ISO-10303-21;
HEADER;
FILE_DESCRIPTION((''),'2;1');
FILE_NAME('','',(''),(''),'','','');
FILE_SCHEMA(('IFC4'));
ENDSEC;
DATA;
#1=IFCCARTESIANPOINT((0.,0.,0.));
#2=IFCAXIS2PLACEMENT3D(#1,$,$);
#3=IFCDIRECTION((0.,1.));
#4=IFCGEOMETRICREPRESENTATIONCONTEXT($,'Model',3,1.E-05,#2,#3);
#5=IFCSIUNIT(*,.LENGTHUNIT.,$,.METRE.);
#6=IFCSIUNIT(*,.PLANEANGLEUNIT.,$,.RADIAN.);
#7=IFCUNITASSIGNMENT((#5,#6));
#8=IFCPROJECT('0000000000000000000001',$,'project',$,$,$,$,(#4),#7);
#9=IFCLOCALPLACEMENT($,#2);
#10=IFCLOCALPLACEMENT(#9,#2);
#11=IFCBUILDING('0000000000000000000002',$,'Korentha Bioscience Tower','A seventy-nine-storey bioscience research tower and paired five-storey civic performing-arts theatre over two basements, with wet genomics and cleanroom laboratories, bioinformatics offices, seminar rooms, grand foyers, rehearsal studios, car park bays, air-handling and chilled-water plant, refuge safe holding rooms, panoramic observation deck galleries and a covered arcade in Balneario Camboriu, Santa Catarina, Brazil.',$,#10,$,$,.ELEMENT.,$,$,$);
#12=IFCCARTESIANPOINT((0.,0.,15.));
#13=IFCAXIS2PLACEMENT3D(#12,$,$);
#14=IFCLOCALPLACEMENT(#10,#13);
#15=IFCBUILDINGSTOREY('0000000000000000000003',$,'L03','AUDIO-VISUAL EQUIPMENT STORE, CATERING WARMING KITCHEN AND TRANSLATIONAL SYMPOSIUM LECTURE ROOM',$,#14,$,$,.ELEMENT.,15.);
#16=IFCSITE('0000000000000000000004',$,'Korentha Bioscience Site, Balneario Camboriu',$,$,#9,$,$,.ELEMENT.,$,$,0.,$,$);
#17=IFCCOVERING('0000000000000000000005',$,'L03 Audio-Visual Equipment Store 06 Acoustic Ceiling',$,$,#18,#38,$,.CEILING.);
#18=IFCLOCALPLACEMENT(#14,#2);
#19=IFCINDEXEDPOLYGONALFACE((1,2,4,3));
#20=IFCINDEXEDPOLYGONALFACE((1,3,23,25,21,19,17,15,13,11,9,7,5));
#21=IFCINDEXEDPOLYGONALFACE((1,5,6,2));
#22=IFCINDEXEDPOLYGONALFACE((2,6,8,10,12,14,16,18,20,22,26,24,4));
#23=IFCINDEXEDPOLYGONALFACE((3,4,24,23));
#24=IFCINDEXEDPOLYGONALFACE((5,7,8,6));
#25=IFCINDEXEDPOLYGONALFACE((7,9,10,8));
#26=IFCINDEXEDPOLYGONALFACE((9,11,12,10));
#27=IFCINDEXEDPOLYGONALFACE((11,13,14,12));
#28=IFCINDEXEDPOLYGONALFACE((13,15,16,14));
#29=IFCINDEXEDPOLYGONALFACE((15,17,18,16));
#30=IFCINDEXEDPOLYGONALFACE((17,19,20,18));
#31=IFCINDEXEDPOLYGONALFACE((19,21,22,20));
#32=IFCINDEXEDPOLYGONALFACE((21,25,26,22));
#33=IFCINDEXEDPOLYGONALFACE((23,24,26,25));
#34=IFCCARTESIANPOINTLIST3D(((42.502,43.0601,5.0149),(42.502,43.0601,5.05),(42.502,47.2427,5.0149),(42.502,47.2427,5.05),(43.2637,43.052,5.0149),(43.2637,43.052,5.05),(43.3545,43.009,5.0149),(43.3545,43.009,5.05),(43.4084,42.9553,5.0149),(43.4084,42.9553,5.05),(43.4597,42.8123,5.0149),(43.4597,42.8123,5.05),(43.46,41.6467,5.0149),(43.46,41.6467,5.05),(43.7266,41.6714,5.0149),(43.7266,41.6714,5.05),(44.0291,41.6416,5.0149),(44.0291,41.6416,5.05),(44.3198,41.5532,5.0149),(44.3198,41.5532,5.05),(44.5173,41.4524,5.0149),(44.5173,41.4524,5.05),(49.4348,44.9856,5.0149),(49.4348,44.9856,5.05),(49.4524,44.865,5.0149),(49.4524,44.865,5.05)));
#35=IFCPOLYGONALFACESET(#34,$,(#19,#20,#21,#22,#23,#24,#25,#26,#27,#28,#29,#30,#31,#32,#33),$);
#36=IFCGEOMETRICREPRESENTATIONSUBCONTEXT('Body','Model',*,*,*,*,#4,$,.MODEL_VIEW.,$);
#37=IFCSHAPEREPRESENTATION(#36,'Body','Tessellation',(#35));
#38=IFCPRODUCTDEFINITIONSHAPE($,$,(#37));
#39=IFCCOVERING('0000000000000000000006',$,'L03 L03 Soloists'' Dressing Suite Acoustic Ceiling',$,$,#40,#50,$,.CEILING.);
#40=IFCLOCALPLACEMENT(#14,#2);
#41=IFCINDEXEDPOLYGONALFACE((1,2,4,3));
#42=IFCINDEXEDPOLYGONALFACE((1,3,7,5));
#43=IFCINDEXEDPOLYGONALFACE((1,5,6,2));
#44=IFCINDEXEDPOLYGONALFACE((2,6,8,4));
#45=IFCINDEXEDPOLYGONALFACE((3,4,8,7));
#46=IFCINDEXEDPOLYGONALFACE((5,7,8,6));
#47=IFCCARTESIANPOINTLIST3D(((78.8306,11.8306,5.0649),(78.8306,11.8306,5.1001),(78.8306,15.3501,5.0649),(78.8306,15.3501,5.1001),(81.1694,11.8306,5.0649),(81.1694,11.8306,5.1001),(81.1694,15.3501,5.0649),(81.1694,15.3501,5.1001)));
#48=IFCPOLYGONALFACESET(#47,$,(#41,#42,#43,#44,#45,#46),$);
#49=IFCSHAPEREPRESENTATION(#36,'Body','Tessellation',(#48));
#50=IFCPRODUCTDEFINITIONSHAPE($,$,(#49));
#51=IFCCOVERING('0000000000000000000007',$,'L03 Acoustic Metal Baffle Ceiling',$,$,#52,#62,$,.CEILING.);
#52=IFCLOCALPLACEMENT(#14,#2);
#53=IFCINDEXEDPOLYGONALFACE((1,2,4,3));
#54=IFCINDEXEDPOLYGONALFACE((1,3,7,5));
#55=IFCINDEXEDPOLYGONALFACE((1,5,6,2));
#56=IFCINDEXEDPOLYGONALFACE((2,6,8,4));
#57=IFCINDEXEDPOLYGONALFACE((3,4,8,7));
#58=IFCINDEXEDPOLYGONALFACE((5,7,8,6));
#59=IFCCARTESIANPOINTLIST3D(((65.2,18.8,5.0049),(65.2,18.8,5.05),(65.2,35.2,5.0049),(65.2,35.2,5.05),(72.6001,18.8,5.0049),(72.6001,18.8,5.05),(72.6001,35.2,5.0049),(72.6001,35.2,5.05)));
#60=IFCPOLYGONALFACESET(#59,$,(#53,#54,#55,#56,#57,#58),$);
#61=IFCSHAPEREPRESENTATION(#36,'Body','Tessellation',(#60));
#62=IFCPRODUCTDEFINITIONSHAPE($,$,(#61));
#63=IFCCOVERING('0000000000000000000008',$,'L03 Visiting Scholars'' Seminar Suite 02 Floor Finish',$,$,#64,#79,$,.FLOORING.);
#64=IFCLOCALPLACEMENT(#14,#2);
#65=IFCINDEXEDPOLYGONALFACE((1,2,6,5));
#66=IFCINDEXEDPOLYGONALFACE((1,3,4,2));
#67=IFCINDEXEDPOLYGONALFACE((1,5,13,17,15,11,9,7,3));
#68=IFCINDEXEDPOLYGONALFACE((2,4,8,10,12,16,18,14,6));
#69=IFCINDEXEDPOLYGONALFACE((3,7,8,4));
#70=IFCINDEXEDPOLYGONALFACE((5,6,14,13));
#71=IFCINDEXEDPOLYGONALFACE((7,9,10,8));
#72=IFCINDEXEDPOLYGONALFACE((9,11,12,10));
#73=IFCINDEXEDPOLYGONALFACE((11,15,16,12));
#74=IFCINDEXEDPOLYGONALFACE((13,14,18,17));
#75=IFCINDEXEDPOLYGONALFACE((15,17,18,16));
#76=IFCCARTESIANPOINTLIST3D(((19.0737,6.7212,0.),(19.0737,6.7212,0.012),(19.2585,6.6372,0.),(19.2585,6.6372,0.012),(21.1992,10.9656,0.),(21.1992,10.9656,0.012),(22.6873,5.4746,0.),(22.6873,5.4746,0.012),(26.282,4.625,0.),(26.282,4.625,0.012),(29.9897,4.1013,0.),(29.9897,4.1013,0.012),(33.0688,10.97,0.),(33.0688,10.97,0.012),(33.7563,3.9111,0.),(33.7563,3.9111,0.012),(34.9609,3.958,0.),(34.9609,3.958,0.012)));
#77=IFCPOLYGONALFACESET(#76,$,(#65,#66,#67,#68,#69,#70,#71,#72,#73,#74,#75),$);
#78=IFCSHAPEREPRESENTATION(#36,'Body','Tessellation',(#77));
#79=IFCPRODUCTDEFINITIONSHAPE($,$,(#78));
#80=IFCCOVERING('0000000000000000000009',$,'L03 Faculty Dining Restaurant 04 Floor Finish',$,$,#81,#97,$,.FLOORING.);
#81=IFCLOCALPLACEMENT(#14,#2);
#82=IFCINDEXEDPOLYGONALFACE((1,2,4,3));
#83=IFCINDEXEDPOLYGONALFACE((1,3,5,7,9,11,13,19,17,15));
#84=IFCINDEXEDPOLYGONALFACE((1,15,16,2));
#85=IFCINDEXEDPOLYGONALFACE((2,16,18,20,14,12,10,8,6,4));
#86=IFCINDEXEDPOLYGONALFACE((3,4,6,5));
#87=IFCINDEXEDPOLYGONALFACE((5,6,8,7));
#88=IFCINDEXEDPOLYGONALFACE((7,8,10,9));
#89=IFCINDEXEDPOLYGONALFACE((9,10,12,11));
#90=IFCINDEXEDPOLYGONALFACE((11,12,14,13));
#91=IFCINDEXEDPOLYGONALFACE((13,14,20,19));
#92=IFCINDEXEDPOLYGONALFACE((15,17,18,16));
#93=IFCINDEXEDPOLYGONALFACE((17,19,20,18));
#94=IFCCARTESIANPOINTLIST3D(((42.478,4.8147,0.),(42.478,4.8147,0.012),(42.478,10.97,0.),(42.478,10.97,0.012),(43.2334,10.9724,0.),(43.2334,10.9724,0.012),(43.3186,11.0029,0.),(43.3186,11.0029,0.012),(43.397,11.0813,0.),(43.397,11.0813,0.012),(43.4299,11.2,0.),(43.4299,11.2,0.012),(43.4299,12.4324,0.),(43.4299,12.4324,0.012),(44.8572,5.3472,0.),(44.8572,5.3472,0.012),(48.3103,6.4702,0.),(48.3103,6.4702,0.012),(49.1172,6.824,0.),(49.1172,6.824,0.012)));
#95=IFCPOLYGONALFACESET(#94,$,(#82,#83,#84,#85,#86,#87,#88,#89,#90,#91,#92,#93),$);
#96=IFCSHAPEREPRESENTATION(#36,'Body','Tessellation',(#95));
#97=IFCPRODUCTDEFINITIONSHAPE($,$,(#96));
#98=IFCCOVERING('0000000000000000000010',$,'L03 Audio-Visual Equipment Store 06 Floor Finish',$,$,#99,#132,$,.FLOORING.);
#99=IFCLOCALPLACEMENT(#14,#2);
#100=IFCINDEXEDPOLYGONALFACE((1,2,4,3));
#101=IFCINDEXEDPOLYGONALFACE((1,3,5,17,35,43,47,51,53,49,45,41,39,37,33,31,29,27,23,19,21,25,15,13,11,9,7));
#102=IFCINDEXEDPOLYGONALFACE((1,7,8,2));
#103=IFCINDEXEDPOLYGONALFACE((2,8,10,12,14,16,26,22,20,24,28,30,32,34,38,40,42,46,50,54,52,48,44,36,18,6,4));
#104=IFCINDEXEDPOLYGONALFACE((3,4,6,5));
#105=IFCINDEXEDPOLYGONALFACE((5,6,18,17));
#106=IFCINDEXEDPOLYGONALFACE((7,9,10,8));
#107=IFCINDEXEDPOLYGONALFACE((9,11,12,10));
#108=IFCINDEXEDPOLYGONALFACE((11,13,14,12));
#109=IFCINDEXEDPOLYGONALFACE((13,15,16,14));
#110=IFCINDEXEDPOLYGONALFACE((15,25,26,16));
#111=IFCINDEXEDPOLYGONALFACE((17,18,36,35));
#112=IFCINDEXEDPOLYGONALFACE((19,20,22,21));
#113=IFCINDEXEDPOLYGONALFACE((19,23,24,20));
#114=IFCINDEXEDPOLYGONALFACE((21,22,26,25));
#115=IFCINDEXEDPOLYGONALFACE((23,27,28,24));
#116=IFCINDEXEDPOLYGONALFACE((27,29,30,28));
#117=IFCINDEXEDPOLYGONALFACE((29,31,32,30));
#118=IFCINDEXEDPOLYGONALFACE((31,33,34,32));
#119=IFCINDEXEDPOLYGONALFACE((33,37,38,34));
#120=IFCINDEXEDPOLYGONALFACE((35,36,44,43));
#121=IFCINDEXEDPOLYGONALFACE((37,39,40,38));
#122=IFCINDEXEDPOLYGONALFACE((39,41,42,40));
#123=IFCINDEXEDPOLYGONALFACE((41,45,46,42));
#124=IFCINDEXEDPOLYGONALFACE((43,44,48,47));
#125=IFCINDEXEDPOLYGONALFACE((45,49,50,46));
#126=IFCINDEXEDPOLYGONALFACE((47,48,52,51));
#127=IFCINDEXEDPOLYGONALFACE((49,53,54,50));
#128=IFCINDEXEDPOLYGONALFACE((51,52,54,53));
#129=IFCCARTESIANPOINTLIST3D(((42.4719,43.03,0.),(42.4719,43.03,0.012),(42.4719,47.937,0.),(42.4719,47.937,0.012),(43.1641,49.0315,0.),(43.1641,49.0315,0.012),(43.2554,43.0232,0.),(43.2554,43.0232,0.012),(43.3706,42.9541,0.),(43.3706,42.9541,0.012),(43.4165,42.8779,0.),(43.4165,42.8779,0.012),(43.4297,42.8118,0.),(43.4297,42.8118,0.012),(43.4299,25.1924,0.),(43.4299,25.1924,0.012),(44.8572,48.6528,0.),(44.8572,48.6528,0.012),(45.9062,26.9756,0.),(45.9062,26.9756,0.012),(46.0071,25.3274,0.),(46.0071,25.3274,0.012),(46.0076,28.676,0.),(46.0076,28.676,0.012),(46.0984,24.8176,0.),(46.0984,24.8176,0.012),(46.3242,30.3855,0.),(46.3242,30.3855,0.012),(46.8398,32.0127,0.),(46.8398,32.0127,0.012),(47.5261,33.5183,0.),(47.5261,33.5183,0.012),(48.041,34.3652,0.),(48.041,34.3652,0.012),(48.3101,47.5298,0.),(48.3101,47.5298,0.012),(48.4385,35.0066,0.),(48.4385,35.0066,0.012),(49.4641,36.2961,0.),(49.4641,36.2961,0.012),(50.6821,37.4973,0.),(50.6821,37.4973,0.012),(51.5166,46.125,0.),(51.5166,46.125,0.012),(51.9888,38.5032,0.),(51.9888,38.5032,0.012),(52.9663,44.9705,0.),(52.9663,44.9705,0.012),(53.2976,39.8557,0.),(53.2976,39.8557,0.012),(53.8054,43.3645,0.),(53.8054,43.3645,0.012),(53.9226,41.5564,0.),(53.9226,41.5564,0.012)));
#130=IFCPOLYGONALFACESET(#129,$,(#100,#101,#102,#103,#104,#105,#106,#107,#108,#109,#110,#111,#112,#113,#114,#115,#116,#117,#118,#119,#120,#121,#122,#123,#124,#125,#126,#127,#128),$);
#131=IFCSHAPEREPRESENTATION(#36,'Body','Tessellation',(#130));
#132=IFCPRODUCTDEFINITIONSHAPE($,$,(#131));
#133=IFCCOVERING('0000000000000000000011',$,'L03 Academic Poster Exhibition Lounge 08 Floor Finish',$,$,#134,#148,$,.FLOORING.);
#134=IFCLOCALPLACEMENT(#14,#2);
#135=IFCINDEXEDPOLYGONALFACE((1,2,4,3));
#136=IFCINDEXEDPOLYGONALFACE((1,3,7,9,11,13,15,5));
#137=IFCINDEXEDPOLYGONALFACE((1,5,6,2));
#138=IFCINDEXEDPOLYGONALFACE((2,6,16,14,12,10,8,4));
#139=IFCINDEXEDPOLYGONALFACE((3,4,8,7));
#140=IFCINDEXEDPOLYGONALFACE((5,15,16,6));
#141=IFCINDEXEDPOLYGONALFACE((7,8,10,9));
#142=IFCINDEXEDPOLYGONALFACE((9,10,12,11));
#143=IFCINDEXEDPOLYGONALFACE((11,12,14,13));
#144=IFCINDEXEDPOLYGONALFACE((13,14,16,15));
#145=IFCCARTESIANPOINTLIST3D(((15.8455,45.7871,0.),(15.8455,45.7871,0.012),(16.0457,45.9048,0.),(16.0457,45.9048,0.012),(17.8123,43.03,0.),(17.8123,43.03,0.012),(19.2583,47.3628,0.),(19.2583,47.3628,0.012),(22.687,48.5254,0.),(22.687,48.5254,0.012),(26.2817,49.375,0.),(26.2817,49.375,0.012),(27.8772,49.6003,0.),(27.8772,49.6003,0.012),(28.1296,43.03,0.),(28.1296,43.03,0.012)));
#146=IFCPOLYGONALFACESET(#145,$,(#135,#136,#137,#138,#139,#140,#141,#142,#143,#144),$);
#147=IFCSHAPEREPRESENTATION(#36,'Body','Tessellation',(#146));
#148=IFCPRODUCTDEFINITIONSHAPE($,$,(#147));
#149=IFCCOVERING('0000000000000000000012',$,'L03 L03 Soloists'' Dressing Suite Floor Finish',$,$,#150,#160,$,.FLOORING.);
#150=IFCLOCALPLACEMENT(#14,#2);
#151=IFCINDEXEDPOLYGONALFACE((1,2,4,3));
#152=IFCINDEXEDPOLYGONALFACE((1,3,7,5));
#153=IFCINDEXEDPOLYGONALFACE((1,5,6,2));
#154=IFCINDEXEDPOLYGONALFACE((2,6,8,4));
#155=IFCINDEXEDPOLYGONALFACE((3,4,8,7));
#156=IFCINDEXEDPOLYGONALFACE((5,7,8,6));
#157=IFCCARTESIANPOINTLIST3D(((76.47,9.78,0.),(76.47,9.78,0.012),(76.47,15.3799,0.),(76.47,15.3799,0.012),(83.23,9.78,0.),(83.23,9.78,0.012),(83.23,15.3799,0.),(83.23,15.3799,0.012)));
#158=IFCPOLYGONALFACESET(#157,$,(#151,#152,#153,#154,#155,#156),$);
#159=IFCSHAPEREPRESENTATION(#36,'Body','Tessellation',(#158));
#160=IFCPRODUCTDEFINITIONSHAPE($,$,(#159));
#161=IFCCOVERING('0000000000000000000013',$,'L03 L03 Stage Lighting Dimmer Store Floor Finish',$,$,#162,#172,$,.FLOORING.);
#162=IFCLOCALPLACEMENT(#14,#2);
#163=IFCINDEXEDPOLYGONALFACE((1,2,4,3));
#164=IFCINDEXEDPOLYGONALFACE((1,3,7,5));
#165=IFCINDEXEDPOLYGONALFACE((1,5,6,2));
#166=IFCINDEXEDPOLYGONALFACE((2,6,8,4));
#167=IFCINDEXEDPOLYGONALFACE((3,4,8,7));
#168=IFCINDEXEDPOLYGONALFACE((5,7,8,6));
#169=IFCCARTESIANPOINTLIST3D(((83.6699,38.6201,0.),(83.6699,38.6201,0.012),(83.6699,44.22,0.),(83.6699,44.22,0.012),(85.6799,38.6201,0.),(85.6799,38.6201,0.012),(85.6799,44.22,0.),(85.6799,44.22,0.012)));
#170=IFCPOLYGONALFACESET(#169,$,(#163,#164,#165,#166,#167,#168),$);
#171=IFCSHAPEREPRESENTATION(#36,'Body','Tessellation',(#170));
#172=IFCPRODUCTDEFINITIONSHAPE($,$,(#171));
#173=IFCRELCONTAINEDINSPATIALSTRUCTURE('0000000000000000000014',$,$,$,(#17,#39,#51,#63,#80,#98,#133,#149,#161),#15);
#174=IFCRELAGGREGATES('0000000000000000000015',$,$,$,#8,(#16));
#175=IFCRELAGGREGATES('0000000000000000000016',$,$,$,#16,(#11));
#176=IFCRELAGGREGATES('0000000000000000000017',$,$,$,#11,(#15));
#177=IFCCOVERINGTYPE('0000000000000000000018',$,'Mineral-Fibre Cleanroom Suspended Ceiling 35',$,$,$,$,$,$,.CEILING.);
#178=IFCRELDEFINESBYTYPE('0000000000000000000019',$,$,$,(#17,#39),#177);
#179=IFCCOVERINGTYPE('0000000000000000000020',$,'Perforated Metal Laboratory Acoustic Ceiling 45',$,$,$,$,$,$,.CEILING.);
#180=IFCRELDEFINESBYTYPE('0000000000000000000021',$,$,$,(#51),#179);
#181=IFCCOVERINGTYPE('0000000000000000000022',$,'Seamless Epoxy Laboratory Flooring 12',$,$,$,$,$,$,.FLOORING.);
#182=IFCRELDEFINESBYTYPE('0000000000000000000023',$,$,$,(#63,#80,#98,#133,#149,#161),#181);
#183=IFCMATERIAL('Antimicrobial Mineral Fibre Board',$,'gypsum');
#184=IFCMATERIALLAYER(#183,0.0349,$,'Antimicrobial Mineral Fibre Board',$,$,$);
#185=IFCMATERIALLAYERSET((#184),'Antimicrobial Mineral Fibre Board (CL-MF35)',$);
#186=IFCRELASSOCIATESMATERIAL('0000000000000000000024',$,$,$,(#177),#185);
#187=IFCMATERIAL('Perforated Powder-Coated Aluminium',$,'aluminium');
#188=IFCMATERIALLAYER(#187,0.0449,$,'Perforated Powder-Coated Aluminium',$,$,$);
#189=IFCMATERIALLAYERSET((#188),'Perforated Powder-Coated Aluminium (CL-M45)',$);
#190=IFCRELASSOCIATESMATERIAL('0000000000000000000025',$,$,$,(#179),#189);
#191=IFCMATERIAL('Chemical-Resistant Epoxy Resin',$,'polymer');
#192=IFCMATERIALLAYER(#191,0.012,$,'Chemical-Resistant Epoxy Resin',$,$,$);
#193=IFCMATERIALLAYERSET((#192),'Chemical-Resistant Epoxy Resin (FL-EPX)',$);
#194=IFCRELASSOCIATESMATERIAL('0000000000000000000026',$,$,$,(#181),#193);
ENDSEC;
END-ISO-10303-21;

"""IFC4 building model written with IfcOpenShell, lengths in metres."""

from ifc_helpers import new_model, si_unit, direction, frame, origin, place, context, subcontext, project, spatial, polyline, outline, extrude, material, layer, layer_set, type_object, element, save


model = new_model("IFC4")

# Units and contexts
model_context = context("Model", 3, precision=1e-05, world=origin(), true_north=direction((0.0, 1.0)))
body_context = subcontext(model_context, "Body", "Model", "MODEL_VIEW")
ifc_project = project(units=[si_unit("LENGTHUNIT", "METRE"), si_unit("PLANEANGLEUNIT", "RADIAN")], contexts=[model_context])

# Site, building, storey
site_placement = place(None, origin())
site = spatial("IfcSite", under=ifc_project, at=site_placement, Name="Korentha Bioscience Site, Balneario Camboriu", CompositionType="ELEMENT", RefElevation=0.0)
building_placement = place(site_placement, origin())
building = spatial("IfcBuilding", under=site, at=building_placement, Name="Korentha Bioscience Tower", Description="A seventy-nine-storey bioscience research tower and paired five-storey civic performing-arts theatre over two basements, with wet genomics and cleanroom laboratories, bioinformatics offices, seminar rooms, grand foyers, rehearsal studios, car park bays, air-handling and chilled-water plant, refuge safe holding rooms, panoramic observation deck galleries and a covered arcade in Balneario Camboriu, Santa Catarina, Brazil.", CompositionType="ELEMENT")
storey_placement = place(building_placement, frame((0.0, 0.0, 15.0)))
storey = spatial("IfcBuildingStorey", under=building, at=storey_placement, Name="L03", Description="AUDIO-VISUAL EQUIPMENT STORE, CATERING WARMING KITCHEN AND TRANSLATIONAL SYMPOSIUM LECTURE ROOM", CompositionType="ELEMENT", Elevation=15.0)

# Coverings
ifc_material_1 = material(Name="Antimicrobial Mineral Fibre Board", Category="gypsum")
ifc_layer_1 = layer(ifc_material_1, 0.0349, Name="Antimicrobial Mineral Fibre Board")
ifc_layer_set_1 = layer_set([ifc_layer_1], Name="Antimicrobial Mineral Fibre Board (CL-MF35)")
covering_type_1 = type_object("IfcCoveringType", Name="Mineral-Fibre Cleanroom Suspended Ceiling 35", PredefinedType="CEILING", material=ifc_layer_set_1)
covering_1_placement = place(storey_placement, frame((0.0, 0.0, 5.0149)))
element("IfcCovering", 1, at=covering_1_placement, inside=storey, type_object=covering_type_1, Name="L03 Audio-Visual Equipment Store 06 Acoustic Ceiling", PredefinedType="CEILING", context=body_context, shape_type="SweptSolid", body=[
    extrude(outline(polyline([(43.4597, 42.8123), (43.4084, 42.9553), (43.3545, 43.009), (43.2637, 43.052), (42.502, 43.0601), (42.502, 47.2427), (49.4348, 44.9856), (49.4524, 44.865), (44.5173, 41.4524), (44.3198, 41.5532), (44.0291, 41.6416), (43.7266, 41.6714), (43.46, 41.6467), (43.4597, 42.8123)])), origin(), (0.0, 0.0, 1.0), 0.0352),
])
covering_2_placement = place(storey_placement, frame((0.0, 0.0, 5.0649)))
element("IfcCovering", 2, at=covering_2_placement, inside=storey, type_object=covering_type_1, Name="L03 L03 Soloists' Dressing Suite Acoustic Ceiling", PredefinedType="CEILING", context=body_context, shape_type="SweptSolid", body=[
    extrude(outline(polyline([(81.1694, 11.8306), (78.8306, 11.8306), (78.8306, 15.3501), (81.1694, 15.3501), (81.1694, 11.8306)])), origin(), (0.0, 0.0, 1.0), 0.0352),
])
ifc_material_2 = material(Name="Perforated Powder-Coated Aluminium", Category="aluminium")
ifc_layer_2 = layer(ifc_material_2, 0.0449, Name="Perforated Powder-Coated Aluminium")
ifc_layer_set_2 = layer_set([ifc_layer_2], Name="Perforated Powder-Coated Aluminium (CL-M45)")
covering_type_2 = type_object("IfcCoveringType", Name="Perforated Metal Laboratory Acoustic Ceiling 45", PredefinedType="CEILING", material=ifc_layer_set_2)
covering_3_placement = place(storey_placement, frame((0.0, 0.0, 5.0049)))
element("IfcCovering", 3, at=covering_3_placement, inside=storey, type_object=covering_type_2, Name="L03 Acoustic Metal Baffle Ceiling", PredefinedType="CEILING", context=body_context, shape_type="SweptSolid", body=[
    extrude(outline(polyline([(65.2, 18.8), (72.6001, 18.8), (72.6001, 35.2), (65.2, 35.2), (65.2, 18.8)])), origin(), (0.0, 0.0, 1.0), 0.0452),
])
ifc_material_3 = material(Name="Chemical-Resistant Epoxy Resin", Category="polymer")
ifc_layer_3 = layer(ifc_material_3, 0.012, Name="Chemical-Resistant Epoxy Resin")
ifc_layer_set_3 = layer_set([ifc_layer_3], Name="Chemical-Resistant Epoxy Resin (FL-EPX)")
covering_type_3 = type_object("IfcCoveringType", Name="Seamless Epoxy Laboratory Flooring 12", PredefinedType="FLOORING", material=ifc_layer_set_3)
covering_4_placement = place(storey_placement, origin())
element("IfcCovering", 4, at=covering_4_placement, inside=storey, type_object=covering_type_3, Name="L03 Visiting Scholars' Seminar Suite 02 Floor Finish", PredefinedType="FLOORING", context=body_context, shape_type="SweptSolid", body=[
    extrude(outline(polyline([(22.6873, 5.4746), (19.2585, 6.6372), (19.0737, 6.7212), (21.1992, 10.9656), (33.0688, 10.97), (34.9609, 3.958), (33.7563, 3.9111), (29.9897, 4.1013), (26.282, 4.625), (22.6873, 5.4746)])), origin(), (0.0, 0.0, 1.0), 0.012),
])
covering_5_placement = place(storey_placement, origin())
element("IfcCovering", 5, at=covering_5_placement, inside=storey, type_object=covering_type_3, Name="L03 Faculty Dining Restaurant 04 Floor Finish", PredefinedType="FLOORING", context=body_context, shape_type="SweptSolid", body=[
    extrude(outline(polyline([(42.478, 4.8147), (42.478, 10.97), (43.2334, 10.9724), (43.3186, 11.0029), (43.397, 11.0813), (43.4299, 11.2), (43.4299, 12.4324), (49.1172, 6.824), (48.3103, 6.4702), (44.8572, 5.3472), (42.478, 4.8147)])), origin(), (0.0, 0.0, 1.0), 0.012),
])
covering_6_placement = place(storey_placement, origin())
element("IfcCovering", 6, at=covering_6_placement, inside=storey, type_object=covering_type_3, Name="L03 Audio-Visual Equipment Store 06 Floor Finish", PredefinedType="FLOORING", context=body_context, shape_type="SweptSolid", body=[
    extrude(outline(polyline([(43.1641, 49.0315), (44.8572, 48.6528), (48.3101, 47.5298), (51.5166, 46.125), (52.9663, 44.9705), (53.8054, 43.3645), (53.9226, 41.5564), (53.2976, 39.8557), (51.9888, 38.5032), (50.6821, 37.4973), (49.4641, 36.2961), (48.4385, 35.0066), (48.041, 34.3652), (47.5261, 33.5183), (46.8398, 32.0127), (46.3242, 30.3855), (46.0076, 28.676), (45.9062, 26.9756), (46.0071, 25.3274), (46.0984, 24.8176), (43.4299, 25.1924), (43.4297, 42.8118), (43.4165, 42.8779), (43.3706, 42.9541), (43.2554, 43.0232), (42.4719, 43.03), (42.4719, 47.937), (43.1641, 49.0315)])), origin(), (0.0, 0.0, 1.0), 0.012),
])
covering_7_placement = place(storey_placement, origin())
element("IfcCovering", 7, at=covering_7_placement, inside=storey, type_object=covering_type_3, Name="L03 Academic Poster Exhibition Lounge 08 Floor Finish", PredefinedType="FLOORING", context=body_context, shape_type="SweptSolid", body=[
    extrude(outline(polyline([(16.0457, 45.9048), (19.2583, 47.3628), (22.687, 48.5254), (26.2817, 49.375), (27.8772, 49.6003), (28.1296, 43.03), (17.8123, 43.03), (15.8455, 45.7871), (16.0457, 45.9048)])), origin(), (0.0, 0.0, 1.0), 0.012),
])
covering_8_placement = place(storey_placement, origin())
element("IfcCovering", 8, at=covering_8_placement, inside=storey, type_object=covering_type_3, Name="L03 L03 Soloists' Dressing Suite Floor Finish", PredefinedType="FLOORING", context=body_context, shape_type="SweptSolid", body=[
    extrude(outline(polyline([(83.23, 9.78), (76.47, 9.78), (76.47, 15.3799), (83.23, 15.3799), (83.23, 9.78)])), origin(), (0.0, 0.0, 1.0), 0.012),
])
covering_9_placement = place(storey_placement, origin())
element("IfcCovering", 9, at=covering_9_placement, inside=storey, type_object=covering_type_3, Name="L03 L03 Stage Lighting Dimmer Store Floor Finish", PredefinedType="FLOORING", context=body_context, shape_type="SweptSolid", body=[
    extrude(outline(polyline([(83.6699, 38.6201), (83.6699, 44.22), (85.6799, 44.22), (85.6799, 38.6201), (83.6699, 38.6201)])), origin(), (0.0, 0.0, 1.0), 0.012),
])

save(model, "model.ifc")
